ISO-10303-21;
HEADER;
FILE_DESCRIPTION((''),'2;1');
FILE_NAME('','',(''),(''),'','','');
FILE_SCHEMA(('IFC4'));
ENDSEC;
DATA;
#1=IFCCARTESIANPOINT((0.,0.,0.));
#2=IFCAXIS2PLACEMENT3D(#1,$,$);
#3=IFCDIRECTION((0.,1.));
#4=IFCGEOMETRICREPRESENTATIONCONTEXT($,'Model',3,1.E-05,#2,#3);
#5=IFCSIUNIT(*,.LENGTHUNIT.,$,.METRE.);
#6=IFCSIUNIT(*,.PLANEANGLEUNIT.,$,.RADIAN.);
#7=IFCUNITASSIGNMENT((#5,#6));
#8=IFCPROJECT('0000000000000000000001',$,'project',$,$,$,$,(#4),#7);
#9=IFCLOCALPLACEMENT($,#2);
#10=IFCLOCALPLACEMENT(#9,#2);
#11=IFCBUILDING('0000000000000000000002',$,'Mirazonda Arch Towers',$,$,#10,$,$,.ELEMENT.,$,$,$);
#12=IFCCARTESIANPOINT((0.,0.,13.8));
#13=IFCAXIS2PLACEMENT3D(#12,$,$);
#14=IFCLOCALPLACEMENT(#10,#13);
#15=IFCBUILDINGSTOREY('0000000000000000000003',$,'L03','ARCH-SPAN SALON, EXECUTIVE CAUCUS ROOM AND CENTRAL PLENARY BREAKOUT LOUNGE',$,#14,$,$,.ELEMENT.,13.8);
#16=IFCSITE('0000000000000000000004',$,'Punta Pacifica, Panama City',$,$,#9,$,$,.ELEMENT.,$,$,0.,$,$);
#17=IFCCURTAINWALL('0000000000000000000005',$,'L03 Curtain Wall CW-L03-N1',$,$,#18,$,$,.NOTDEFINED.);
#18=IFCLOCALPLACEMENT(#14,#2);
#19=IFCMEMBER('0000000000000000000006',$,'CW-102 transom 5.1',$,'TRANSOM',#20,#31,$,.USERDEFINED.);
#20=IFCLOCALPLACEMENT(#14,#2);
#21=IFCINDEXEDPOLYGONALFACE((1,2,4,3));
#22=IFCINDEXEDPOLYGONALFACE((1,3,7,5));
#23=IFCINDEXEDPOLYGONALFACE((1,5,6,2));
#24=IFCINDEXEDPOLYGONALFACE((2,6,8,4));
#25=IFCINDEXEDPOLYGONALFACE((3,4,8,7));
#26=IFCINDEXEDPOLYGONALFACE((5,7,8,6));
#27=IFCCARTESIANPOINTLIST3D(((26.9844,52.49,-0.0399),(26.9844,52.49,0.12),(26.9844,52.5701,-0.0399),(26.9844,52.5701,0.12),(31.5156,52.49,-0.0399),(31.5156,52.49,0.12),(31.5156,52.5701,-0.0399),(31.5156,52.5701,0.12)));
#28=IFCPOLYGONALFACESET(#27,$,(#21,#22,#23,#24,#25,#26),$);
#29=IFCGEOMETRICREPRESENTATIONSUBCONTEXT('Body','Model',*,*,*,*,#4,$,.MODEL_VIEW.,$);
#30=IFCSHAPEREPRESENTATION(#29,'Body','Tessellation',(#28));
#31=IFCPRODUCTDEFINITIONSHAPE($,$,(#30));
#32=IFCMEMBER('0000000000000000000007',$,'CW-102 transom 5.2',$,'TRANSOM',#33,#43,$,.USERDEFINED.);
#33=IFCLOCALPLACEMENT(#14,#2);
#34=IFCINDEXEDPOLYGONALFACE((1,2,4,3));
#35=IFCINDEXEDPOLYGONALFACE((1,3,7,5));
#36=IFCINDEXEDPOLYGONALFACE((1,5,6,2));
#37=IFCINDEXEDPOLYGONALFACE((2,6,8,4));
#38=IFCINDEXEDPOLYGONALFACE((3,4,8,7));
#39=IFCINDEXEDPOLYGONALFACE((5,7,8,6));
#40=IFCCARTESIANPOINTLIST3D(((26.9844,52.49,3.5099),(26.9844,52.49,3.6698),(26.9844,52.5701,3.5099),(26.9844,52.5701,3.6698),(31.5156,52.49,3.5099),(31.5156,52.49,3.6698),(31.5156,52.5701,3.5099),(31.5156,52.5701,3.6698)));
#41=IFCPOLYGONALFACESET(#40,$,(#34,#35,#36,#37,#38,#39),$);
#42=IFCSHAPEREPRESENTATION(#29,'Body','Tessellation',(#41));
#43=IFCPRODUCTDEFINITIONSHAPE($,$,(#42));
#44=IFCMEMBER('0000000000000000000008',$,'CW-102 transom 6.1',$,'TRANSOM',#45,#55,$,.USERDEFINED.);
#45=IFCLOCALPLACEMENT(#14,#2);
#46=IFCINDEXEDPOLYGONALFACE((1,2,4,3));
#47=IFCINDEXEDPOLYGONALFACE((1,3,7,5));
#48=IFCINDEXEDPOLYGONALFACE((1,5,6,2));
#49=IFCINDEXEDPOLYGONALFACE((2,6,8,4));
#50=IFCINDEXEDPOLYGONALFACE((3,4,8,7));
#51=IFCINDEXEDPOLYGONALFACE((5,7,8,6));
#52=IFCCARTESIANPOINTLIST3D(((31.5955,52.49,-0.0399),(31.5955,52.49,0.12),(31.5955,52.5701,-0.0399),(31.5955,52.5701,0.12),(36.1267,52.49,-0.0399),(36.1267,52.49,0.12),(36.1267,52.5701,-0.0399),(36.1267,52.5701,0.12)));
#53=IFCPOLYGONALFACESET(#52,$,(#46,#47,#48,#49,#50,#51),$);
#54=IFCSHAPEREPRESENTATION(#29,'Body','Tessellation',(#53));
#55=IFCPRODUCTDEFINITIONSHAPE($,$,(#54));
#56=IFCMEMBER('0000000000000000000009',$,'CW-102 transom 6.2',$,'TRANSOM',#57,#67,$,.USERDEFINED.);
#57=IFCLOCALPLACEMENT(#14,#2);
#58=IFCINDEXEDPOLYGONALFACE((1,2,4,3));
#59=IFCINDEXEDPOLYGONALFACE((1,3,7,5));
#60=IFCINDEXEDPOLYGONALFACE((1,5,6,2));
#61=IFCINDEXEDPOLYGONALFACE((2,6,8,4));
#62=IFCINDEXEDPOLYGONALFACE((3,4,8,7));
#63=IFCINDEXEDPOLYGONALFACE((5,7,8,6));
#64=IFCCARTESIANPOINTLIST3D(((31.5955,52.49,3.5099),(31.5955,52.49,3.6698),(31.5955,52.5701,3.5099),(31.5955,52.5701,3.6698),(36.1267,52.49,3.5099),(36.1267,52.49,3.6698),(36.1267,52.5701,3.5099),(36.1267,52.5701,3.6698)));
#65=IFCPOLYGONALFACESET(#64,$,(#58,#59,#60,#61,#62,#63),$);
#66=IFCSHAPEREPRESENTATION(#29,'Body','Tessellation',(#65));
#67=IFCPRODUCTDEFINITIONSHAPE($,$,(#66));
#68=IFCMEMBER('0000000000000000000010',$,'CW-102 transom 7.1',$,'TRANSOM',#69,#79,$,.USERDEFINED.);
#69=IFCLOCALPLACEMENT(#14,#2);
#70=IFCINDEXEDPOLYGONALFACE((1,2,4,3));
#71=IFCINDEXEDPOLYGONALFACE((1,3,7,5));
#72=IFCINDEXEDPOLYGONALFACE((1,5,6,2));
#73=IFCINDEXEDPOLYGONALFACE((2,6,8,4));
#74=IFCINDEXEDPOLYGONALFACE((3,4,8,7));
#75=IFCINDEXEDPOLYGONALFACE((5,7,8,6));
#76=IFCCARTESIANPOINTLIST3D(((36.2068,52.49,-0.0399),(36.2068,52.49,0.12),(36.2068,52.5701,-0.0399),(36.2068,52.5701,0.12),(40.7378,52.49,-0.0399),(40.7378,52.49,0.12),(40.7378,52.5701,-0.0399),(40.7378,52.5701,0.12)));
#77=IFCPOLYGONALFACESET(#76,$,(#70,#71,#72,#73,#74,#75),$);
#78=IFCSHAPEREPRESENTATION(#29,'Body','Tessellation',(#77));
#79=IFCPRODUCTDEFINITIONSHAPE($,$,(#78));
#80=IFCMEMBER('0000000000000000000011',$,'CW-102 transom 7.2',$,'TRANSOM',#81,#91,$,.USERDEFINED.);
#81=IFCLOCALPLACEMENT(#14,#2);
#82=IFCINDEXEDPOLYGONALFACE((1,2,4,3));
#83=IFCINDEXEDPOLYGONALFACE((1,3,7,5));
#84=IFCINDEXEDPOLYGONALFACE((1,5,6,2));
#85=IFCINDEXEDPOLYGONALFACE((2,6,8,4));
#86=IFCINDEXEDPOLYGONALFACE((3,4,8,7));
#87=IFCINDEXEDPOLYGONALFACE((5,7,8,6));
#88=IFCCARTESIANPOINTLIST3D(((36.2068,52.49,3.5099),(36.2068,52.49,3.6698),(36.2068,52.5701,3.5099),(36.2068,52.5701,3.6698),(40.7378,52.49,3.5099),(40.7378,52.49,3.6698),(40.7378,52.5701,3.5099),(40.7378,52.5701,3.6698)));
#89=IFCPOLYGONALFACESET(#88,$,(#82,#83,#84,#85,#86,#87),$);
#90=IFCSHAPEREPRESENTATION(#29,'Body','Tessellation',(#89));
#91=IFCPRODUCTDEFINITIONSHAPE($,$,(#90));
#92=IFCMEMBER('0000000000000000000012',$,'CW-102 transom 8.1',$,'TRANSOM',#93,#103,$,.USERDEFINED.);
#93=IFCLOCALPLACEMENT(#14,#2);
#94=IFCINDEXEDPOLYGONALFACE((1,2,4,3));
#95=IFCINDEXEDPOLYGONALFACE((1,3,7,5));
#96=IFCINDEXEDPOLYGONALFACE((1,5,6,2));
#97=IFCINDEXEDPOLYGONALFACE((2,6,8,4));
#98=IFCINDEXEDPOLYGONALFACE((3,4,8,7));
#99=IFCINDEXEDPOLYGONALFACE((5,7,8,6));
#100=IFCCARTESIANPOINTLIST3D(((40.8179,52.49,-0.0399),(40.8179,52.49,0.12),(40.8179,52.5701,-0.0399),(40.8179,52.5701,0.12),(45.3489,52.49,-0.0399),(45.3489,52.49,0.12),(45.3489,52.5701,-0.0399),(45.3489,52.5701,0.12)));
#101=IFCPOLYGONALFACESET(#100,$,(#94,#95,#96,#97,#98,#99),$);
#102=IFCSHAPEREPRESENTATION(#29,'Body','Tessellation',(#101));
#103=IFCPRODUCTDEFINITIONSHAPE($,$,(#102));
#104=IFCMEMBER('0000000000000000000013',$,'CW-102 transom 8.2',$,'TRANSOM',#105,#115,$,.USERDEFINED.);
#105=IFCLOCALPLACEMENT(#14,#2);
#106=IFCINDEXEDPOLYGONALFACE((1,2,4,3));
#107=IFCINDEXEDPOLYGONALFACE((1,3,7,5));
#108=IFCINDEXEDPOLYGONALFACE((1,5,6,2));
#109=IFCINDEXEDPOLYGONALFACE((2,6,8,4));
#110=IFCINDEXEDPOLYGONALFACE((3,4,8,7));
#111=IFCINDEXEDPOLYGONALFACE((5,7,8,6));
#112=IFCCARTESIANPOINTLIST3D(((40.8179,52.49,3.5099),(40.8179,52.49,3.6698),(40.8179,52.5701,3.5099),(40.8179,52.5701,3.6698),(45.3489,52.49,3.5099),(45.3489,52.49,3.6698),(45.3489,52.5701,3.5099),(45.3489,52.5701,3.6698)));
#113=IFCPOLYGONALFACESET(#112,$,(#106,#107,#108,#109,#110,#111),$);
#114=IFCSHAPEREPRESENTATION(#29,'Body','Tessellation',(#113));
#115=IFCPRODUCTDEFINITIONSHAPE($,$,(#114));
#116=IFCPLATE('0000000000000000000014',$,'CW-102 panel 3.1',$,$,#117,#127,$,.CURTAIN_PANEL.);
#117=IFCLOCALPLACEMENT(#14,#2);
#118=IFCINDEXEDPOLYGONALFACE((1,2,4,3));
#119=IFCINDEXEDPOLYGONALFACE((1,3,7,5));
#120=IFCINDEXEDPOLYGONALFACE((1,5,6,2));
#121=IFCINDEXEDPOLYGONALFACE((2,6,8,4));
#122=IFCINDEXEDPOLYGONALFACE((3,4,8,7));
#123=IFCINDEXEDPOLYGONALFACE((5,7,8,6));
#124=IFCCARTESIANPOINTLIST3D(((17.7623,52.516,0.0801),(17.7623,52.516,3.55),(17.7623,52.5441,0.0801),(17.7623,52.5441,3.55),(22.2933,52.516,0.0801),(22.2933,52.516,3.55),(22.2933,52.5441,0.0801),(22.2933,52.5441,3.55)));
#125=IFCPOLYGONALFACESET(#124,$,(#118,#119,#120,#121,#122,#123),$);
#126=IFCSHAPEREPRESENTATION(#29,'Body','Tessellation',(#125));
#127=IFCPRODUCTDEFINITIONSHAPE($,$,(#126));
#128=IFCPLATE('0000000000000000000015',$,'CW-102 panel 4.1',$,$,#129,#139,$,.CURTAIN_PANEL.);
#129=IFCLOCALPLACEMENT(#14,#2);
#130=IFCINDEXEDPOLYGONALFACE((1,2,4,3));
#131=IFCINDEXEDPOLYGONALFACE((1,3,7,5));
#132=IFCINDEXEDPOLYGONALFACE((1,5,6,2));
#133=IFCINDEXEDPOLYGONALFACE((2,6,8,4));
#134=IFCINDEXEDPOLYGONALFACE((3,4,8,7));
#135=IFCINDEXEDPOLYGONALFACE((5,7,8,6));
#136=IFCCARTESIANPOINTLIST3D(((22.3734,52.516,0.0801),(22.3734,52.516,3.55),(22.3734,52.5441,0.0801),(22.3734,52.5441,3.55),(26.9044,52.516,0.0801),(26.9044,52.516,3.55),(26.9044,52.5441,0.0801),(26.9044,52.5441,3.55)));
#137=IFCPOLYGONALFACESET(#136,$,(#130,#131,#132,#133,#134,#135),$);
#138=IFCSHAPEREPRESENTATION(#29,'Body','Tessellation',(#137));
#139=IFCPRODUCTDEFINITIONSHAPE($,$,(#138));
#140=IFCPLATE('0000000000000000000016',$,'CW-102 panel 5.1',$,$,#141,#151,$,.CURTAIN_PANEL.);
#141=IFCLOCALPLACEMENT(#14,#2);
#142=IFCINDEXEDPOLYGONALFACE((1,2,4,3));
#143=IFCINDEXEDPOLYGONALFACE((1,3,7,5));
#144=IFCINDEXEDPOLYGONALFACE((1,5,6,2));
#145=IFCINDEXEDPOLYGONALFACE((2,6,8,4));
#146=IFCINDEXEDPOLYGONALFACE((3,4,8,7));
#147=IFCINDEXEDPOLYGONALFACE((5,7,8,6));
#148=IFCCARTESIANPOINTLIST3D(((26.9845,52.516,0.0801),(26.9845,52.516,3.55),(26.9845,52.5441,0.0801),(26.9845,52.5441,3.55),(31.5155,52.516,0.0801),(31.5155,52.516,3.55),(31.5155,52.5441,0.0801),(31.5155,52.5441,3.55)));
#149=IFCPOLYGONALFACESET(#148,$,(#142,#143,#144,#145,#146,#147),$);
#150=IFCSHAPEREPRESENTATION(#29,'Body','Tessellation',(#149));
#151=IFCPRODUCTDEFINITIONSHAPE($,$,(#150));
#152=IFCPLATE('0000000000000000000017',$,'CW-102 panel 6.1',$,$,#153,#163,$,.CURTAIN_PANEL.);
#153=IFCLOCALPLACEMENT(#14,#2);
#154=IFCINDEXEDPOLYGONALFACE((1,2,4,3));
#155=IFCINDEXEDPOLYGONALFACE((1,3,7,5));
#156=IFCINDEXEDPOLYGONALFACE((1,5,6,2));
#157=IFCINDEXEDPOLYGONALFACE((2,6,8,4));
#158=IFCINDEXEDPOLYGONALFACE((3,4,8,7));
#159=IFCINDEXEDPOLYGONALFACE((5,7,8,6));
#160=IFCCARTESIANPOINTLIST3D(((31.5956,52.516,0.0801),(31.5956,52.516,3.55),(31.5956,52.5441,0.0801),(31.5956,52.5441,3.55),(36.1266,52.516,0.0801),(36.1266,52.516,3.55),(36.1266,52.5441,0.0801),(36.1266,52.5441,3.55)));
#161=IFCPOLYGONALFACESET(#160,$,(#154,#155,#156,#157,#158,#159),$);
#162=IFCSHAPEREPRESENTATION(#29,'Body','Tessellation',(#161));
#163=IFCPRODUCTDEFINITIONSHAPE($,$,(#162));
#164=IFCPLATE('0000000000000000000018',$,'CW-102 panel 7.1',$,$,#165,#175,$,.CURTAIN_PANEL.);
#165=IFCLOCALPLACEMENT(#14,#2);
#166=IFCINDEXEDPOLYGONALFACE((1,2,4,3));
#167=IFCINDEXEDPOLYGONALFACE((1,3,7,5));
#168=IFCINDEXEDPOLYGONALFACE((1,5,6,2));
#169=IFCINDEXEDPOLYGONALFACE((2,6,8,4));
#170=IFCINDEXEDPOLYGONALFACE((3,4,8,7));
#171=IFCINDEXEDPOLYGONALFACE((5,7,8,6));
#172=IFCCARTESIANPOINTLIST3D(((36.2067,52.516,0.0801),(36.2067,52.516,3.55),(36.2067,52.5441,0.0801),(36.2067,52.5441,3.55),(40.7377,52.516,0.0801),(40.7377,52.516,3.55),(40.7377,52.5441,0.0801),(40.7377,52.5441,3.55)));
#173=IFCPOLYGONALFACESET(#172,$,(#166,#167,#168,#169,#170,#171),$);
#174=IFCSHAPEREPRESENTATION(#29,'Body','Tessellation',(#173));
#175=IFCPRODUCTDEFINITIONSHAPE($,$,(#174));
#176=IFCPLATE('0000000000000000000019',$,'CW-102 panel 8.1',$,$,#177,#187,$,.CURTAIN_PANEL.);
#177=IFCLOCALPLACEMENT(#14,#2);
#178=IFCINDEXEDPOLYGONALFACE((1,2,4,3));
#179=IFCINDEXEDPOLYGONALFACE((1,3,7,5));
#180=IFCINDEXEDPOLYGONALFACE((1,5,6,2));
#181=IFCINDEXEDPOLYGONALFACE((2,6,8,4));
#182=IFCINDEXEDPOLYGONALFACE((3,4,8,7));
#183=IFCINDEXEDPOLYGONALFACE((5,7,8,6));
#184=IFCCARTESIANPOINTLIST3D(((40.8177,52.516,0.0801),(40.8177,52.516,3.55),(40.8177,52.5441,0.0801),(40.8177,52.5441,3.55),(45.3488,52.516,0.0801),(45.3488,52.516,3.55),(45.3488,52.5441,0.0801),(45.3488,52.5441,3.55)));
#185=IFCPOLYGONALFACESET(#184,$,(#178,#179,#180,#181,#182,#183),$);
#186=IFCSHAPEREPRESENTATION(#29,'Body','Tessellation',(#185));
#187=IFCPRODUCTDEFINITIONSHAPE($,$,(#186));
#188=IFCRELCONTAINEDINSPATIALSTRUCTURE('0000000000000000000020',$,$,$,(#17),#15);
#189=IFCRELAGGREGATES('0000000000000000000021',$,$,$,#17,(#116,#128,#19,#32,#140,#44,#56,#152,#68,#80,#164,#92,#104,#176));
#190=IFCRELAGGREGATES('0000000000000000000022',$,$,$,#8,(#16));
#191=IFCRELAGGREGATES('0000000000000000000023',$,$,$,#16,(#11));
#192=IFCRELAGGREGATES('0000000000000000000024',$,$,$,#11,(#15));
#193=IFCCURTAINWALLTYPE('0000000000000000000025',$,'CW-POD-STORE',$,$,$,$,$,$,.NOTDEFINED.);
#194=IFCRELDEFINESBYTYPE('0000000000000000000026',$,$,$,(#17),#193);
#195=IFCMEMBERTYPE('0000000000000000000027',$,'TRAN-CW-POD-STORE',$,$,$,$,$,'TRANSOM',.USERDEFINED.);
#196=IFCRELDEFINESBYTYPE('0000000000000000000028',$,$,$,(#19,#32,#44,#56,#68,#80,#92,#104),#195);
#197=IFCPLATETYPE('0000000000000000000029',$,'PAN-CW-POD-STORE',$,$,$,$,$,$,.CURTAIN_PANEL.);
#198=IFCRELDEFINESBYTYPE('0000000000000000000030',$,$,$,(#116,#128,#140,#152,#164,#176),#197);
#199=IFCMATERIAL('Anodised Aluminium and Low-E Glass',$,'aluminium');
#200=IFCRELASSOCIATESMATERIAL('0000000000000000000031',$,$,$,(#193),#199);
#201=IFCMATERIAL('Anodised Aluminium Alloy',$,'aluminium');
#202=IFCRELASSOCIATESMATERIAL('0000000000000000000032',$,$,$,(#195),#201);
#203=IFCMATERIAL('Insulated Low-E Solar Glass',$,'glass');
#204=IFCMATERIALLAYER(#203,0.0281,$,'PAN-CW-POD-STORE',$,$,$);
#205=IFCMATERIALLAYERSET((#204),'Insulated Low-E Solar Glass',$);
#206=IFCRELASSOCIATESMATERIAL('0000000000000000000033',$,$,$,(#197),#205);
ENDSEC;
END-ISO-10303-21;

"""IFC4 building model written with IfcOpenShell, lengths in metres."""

from ifc_helpers import new_model, si_unit, direction, frame, origin, origin_2d, place, context, subcontext, project, spatial, rectangle, extrude, material, layer, layer_set, material_profile, profile_set, type_object, element, aggregate, save


model = new_model("IFC4")

# Units and contexts
model_context = context("Model", 3, precision=1e-05, world=origin(), true_north=direction((0.0, 1.0)))
body_context = subcontext(model_context, "Body", "Model", "MODEL_VIEW")
ifc_project = project(units=[si_unit("LENGTHUNIT", "METRE"), si_unit("PLANEANGLEUNIT", "RADIAN")], contexts=[model_context])

# Site, building, storey
site_placement = place(None, origin())
site = spatial("IfcSite", under=ifc_project, at=site_placement, Name="Punta Pacifica, Panama City", CompositionType="ELEMENT", RefElevation=0.0)
building_placement = place(site_placement, origin())
building = spatial("IfcBuilding", under=site, at=building_placement, Name="Mirazonda Arch Towers", CompositionType="ELEMENT")
storey_placement = place(building_placement, frame((0.0, 0.0, 13.8)))
storey = spatial("IfcBuildingStorey", under=building, at=storey_placement, Name="L03", Description="ARCH-SPAN SALON, EXECUTIVE CAUCUS ROOM AND CENTRAL PLENARY BREAKOUT LOUNGE", CompositionType="ELEMENT", Elevation=13.8)

# Curtain wall, members, plates
ifc_material_1 = material(Name="Anodised Aluminium and Low-E Glass", Category="aluminium")
curtain_wall_type = type_object("IfcCurtainWallType", Name="CW-POD-STORE", PredefinedType="NOTDEFINED", material=ifc_material_1)
curtain_wall_placement = place(storey_placement, origin())
curtain_wall = element("IfcCurtainWall", 1, at=curtain_wall_placement, inside=storey, type_object=curtain_wall_type, Name="L03 Curtain Wall CW-L03-N1", PredefinedType="NOTDEFINED")
ifc_material_2 = material(Name="Anodised Aluminium Alloy", Category="aluminium")
ifc_material_profile_1 = material_profile(ifc_material_2, rectangle(XDim=0.0801, YDim=0.1599, at=origin_2d()), Name="ALU-TRAN-80x160")
ifc_profile_set_1 = profile_set([ifc_material_profile_1], Name="Anodised Aluminium Alloy")
member_type_1 = type_object("IfcMemberType", Name="TRAN-CW-POD-STORE", ElementType="TRANSOM", PredefinedType="USERDEFINED", material=ifc_profile_set_1)
member_1_placement = place(storey_placement, frame((26.9844, 52.53, 0.04), z_axis=(1.0, 0.0, 0.0), x_axis=(0.0, 1.0, 0.0)))
member_1 = element("IfcMember", 2, at=member_1_placement, type_object=member_type_1, Name="CW-102 transom 5.1", ObjectType="TRANSOM", PredefinedType="USERDEFINED", context=body_context, shape_type="SweptSolid", body=[
    extrude(rectangle(XDim=0.0801, YDim=0.1599, at=origin_2d()), origin(), (0.0, 0.0, 1.0), 4.5312),
])
member_2_placement = place(storey_placement, frame((26.9844, 52.53, 3.5898), z_axis=(1.0, 0.0, 0.0), x_axis=(0.0, 1.0, 0.0)))
member_2 = element("IfcMember", 3, at=member_2_placement, type_object=member_type_1, Name="CW-102 transom 5.2", ObjectType="TRANSOM", PredefinedType="USERDEFINED", context=body_context, shape_type="SweptSolid", body=[
    extrude(rectangle(XDim=0.0801, YDim=0.1599, at=origin_2d()), origin(), (0.0, 0.0, 1.0), 4.5312),
])
member_3_placement = place(storey_placement, frame((31.5955, 52.53, 0.04), z_axis=(1.0, 0.0, 0.0), x_axis=(0.0, 1.0, 0.0)))
member_3 = element("IfcMember", 4, at=member_3_placement, type_object=member_type_1, Name="CW-102 transom 6.1", ObjectType="TRANSOM", PredefinedType="USERDEFINED", context=body_context, shape_type="SweptSolid", body=[
    extrude(rectangle(XDim=0.0801, YDim=0.1599, at=origin_2d()), origin(), (0.0, 0.0, 1.0), 4.5312),
])
member_4_placement = place(storey_placement, frame((31.5955, 52.53, 3.5898), z_axis=(1.0, 0.0, 0.0), x_axis=(0.0, 1.0, 0.0)))
member_4 = element("IfcMember", 5, at=member_4_placement, type_object=member_type_1, Name="CW-102 transom 6.2", ObjectType="TRANSOM", PredefinedType="USERDEFINED", context=body_context, shape_type="SweptSolid", body=[
    extrude(rectangle(XDim=0.0801, YDim=0.1599, at=origin_2d()), origin(), (0.0, 0.0, 1.0), 4.5312),
])
member_5_placement = place(storey_placement, frame((36.2068, 52.53, 0.04), z_axis=(1.0, 0.0, 0.0), x_axis=(0.0, 1.0, 0.0)))
member_5 = element("IfcMember", 6, at=member_5_placement, type_object=member_type_1, Name="CW-102 transom 7.1", ObjectType="TRANSOM", PredefinedType="USERDEFINED", context=body_context, shape_type="SweptSolid", body=[
    extrude(rectangle(XDim=0.0801, YDim=0.1599, at=origin_2d()), origin(), (0.0, 0.0, 1.0), 4.531),
])
member_6_placement = place(storey_placement, frame((36.2068, 52.53, 3.5898), z_axis=(1.0, 0.0, 0.0), x_axis=(0.0, 1.0, 0.0)))
member_6 = element("IfcMember", 7, at=member_6_placement, type_object=member_type_1, Name="CW-102 transom 7.2", ObjectType="TRANSOM", PredefinedType="USERDEFINED", context=body_context, shape_type="SweptSolid", body=[
    extrude(rectangle(XDim=0.0801, YDim=0.1599, at=origin_2d()), origin(), (0.0, 0.0, 1.0), 4.531),
])
member_7_placement = place(storey_placement, frame((40.8179, 52.53, 0.04), z_axis=(1.0, 0.0, 0.0), x_axis=(0.0, 1.0, 0.0)))
member_7 = element("IfcMember", 8, at=member_7_placement, type_object=member_type_1, Name="CW-102 transom 8.1", ObjectType="TRANSOM", PredefinedType="USERDEFINED", context=body_context, shape_type="SweptSolid", body=[
    extrude(rectangle(XDim=0.0801, YDim=0.1599, at=origin_2d()), origin(), (0.0, 0.0, 1.0), 4.531),
])
member_8_placement = place(storey_placement, frame((40.8179, 52.53, 3.5898), z_axis=(1.0, 0.0, 0.0), x_axis=(0.0, 1.0, 0.0)))
member_8 = element("IfcMember", 9, at=member_8_placement, type_object=member_type_1, Name="CW-102 transom 8.2", ObjectType="TRANSOM", PredefinedType="USERDEFINED", context=body_context, shape_type="SweptSolid", body=[
    extrude(rectangle(XDim=0.0801, YDim=0.1599, at=origin_2d()), origin(), (0.0, 0.0, 1.0), 4.531),
])
ifc_material_3 = material(Name="Insulated Low-E Solar Glass", Category="glass")
ifc_layer_1 = layer(ifc_material_3, 0.0281, Name="PAN-CW-POD-STORE")
ifc_layer_set_1 = layer_set([ifc_layer_1], Name="Insulated Low-E Solar Glass")
plate_type = type_object("IfcPlateType", Name="PAN-CW-POD-STORE", PredefinedType="CURTAIN_PANEL", material=ifc_layer_set_1)
plate_1_placement = place(storey_placement, frame((20.0278, 52.53, 0.0801), z_axis=(0.0, 0.0, 1.0), x_axis=(1.0, 0.0, 0.0)))
plate_1 = element("IfcPlate", 10, at=plate_1_placement, type_object=plate_type, Name="CW-102 panel 3.1", PredefinedType="CURTAIN_PANEL", context=body_context, shape_type="SweptSolid", body=[
    extrude(rectangle(XDim=4.531, YDim=0.0281, at=origin_2d()), origin(), (0.0, 0.0, 1.0), 3.47),
])
plate_2_placement = place(storey_placement, frame((24.6389, 52.53, 0.0801), z_axis=(0.0, 0.0, 1.0), x_axis=(1.0, 0.0, 0.0)))
plate_2 = element("IfcPlate", 11, at=plate_2_placement, type_object=plate_type, Name="CW-102 panel 4.1", PredefinedType="CURTAIN_PANEL", context=body_context, shape_type="SweptSolid", body=[
    extrude(rectangle(XDim=4.531, YDim=0.0281, at=origin_2d()), origin(), (0.0, 0.0, 1.0), 3.47),
])
plate_3_placement = place(storey_placement, frame((29.25, 52.53, 0.0801), z_axis=(0.0, 0.0, 1.0), x_axis=(1.0, 0.0, 0.0)))
plate_3 = element("IfcPlate", 12, at=plate_3_placement, type_object=plate_type, Name="CW-102 panel 5.1", PredefinedType="CURTAIN_PANEL", context=body_context, shape_type="SweptSolid", body=[
    extrude(rectangle(XDim=4.531, YDim=0.0281, at=origin_2d()), origin(), (0.0, 0.0, 1.0), 3.47),
])
plate_4_placement = place(storey_placement, frame((33.8611, 52.53, 0.0801), z_axis=(0.0, 0.0, 1.0), x_axis=(1.0, 0.0, 0.0)))
plate_4 = element("IfcPlate", 13, at=plate_4_placement, type_object=plate_type, Name="CW-102 panel 6.1", PredefinedType="CURTAIN_PANEL", context=body_context, shape_type="SweptSolid", body=[
    extrude(rectangle(XDim=4.531, YDim=0.0281, at=origin_2d()), origin(), (0.0, 0.0, 1.0), 3.47),
])
plate_5_placement = place(storey_placement, frame((38.4722, 52.53, 0.0801), z_axis=(0.0, 0.0, 1.0), x_axis=(1.0, 0.0, 0.0)))
plate_5 = element("IfcPlate", 14, at=plate_5_placement, type_object=plate_type, Name="CW-102 panel 7.1", PredefinedType="CURTAIN_PANEL", context=body_context, shape_type="SweptSolid", body=[
    extrude(rectangle(XDim=4.531, YDim=0.0281, at=origin_2d()), origin(), (0.0, 0.0, 1.0), 3.47),
])
plate_6_placement = place(storey_placement, frame((43.0833, 52.53, 0.0801), z_axis=(0.0, 0.0, 1.0), x_axis=(1.0, 0.0, 0.0)))
plate_6 = element("IfcPlate", 15, at=plate_6_placement, type_object=plate_type, Name="CW-102 panel 8.1", PredefinedType="CURTAIN_PANEL", context=body_context, shape_type="SweptSolid", body=[
    extrude(rectangle(XDim=4.531, YDim=0.0281, at=origin_2d()), origin(), (0.0, 0.0, 1.0), 3.47),
])
aggregate(curtain_wall, [plate_1, plate_2, member_1, member_2, plate_3, member_3, member_4, plate_4, member_5, member_6, plate_5, member_7, member_8, plate_6])

save(model, "model.ifc")
